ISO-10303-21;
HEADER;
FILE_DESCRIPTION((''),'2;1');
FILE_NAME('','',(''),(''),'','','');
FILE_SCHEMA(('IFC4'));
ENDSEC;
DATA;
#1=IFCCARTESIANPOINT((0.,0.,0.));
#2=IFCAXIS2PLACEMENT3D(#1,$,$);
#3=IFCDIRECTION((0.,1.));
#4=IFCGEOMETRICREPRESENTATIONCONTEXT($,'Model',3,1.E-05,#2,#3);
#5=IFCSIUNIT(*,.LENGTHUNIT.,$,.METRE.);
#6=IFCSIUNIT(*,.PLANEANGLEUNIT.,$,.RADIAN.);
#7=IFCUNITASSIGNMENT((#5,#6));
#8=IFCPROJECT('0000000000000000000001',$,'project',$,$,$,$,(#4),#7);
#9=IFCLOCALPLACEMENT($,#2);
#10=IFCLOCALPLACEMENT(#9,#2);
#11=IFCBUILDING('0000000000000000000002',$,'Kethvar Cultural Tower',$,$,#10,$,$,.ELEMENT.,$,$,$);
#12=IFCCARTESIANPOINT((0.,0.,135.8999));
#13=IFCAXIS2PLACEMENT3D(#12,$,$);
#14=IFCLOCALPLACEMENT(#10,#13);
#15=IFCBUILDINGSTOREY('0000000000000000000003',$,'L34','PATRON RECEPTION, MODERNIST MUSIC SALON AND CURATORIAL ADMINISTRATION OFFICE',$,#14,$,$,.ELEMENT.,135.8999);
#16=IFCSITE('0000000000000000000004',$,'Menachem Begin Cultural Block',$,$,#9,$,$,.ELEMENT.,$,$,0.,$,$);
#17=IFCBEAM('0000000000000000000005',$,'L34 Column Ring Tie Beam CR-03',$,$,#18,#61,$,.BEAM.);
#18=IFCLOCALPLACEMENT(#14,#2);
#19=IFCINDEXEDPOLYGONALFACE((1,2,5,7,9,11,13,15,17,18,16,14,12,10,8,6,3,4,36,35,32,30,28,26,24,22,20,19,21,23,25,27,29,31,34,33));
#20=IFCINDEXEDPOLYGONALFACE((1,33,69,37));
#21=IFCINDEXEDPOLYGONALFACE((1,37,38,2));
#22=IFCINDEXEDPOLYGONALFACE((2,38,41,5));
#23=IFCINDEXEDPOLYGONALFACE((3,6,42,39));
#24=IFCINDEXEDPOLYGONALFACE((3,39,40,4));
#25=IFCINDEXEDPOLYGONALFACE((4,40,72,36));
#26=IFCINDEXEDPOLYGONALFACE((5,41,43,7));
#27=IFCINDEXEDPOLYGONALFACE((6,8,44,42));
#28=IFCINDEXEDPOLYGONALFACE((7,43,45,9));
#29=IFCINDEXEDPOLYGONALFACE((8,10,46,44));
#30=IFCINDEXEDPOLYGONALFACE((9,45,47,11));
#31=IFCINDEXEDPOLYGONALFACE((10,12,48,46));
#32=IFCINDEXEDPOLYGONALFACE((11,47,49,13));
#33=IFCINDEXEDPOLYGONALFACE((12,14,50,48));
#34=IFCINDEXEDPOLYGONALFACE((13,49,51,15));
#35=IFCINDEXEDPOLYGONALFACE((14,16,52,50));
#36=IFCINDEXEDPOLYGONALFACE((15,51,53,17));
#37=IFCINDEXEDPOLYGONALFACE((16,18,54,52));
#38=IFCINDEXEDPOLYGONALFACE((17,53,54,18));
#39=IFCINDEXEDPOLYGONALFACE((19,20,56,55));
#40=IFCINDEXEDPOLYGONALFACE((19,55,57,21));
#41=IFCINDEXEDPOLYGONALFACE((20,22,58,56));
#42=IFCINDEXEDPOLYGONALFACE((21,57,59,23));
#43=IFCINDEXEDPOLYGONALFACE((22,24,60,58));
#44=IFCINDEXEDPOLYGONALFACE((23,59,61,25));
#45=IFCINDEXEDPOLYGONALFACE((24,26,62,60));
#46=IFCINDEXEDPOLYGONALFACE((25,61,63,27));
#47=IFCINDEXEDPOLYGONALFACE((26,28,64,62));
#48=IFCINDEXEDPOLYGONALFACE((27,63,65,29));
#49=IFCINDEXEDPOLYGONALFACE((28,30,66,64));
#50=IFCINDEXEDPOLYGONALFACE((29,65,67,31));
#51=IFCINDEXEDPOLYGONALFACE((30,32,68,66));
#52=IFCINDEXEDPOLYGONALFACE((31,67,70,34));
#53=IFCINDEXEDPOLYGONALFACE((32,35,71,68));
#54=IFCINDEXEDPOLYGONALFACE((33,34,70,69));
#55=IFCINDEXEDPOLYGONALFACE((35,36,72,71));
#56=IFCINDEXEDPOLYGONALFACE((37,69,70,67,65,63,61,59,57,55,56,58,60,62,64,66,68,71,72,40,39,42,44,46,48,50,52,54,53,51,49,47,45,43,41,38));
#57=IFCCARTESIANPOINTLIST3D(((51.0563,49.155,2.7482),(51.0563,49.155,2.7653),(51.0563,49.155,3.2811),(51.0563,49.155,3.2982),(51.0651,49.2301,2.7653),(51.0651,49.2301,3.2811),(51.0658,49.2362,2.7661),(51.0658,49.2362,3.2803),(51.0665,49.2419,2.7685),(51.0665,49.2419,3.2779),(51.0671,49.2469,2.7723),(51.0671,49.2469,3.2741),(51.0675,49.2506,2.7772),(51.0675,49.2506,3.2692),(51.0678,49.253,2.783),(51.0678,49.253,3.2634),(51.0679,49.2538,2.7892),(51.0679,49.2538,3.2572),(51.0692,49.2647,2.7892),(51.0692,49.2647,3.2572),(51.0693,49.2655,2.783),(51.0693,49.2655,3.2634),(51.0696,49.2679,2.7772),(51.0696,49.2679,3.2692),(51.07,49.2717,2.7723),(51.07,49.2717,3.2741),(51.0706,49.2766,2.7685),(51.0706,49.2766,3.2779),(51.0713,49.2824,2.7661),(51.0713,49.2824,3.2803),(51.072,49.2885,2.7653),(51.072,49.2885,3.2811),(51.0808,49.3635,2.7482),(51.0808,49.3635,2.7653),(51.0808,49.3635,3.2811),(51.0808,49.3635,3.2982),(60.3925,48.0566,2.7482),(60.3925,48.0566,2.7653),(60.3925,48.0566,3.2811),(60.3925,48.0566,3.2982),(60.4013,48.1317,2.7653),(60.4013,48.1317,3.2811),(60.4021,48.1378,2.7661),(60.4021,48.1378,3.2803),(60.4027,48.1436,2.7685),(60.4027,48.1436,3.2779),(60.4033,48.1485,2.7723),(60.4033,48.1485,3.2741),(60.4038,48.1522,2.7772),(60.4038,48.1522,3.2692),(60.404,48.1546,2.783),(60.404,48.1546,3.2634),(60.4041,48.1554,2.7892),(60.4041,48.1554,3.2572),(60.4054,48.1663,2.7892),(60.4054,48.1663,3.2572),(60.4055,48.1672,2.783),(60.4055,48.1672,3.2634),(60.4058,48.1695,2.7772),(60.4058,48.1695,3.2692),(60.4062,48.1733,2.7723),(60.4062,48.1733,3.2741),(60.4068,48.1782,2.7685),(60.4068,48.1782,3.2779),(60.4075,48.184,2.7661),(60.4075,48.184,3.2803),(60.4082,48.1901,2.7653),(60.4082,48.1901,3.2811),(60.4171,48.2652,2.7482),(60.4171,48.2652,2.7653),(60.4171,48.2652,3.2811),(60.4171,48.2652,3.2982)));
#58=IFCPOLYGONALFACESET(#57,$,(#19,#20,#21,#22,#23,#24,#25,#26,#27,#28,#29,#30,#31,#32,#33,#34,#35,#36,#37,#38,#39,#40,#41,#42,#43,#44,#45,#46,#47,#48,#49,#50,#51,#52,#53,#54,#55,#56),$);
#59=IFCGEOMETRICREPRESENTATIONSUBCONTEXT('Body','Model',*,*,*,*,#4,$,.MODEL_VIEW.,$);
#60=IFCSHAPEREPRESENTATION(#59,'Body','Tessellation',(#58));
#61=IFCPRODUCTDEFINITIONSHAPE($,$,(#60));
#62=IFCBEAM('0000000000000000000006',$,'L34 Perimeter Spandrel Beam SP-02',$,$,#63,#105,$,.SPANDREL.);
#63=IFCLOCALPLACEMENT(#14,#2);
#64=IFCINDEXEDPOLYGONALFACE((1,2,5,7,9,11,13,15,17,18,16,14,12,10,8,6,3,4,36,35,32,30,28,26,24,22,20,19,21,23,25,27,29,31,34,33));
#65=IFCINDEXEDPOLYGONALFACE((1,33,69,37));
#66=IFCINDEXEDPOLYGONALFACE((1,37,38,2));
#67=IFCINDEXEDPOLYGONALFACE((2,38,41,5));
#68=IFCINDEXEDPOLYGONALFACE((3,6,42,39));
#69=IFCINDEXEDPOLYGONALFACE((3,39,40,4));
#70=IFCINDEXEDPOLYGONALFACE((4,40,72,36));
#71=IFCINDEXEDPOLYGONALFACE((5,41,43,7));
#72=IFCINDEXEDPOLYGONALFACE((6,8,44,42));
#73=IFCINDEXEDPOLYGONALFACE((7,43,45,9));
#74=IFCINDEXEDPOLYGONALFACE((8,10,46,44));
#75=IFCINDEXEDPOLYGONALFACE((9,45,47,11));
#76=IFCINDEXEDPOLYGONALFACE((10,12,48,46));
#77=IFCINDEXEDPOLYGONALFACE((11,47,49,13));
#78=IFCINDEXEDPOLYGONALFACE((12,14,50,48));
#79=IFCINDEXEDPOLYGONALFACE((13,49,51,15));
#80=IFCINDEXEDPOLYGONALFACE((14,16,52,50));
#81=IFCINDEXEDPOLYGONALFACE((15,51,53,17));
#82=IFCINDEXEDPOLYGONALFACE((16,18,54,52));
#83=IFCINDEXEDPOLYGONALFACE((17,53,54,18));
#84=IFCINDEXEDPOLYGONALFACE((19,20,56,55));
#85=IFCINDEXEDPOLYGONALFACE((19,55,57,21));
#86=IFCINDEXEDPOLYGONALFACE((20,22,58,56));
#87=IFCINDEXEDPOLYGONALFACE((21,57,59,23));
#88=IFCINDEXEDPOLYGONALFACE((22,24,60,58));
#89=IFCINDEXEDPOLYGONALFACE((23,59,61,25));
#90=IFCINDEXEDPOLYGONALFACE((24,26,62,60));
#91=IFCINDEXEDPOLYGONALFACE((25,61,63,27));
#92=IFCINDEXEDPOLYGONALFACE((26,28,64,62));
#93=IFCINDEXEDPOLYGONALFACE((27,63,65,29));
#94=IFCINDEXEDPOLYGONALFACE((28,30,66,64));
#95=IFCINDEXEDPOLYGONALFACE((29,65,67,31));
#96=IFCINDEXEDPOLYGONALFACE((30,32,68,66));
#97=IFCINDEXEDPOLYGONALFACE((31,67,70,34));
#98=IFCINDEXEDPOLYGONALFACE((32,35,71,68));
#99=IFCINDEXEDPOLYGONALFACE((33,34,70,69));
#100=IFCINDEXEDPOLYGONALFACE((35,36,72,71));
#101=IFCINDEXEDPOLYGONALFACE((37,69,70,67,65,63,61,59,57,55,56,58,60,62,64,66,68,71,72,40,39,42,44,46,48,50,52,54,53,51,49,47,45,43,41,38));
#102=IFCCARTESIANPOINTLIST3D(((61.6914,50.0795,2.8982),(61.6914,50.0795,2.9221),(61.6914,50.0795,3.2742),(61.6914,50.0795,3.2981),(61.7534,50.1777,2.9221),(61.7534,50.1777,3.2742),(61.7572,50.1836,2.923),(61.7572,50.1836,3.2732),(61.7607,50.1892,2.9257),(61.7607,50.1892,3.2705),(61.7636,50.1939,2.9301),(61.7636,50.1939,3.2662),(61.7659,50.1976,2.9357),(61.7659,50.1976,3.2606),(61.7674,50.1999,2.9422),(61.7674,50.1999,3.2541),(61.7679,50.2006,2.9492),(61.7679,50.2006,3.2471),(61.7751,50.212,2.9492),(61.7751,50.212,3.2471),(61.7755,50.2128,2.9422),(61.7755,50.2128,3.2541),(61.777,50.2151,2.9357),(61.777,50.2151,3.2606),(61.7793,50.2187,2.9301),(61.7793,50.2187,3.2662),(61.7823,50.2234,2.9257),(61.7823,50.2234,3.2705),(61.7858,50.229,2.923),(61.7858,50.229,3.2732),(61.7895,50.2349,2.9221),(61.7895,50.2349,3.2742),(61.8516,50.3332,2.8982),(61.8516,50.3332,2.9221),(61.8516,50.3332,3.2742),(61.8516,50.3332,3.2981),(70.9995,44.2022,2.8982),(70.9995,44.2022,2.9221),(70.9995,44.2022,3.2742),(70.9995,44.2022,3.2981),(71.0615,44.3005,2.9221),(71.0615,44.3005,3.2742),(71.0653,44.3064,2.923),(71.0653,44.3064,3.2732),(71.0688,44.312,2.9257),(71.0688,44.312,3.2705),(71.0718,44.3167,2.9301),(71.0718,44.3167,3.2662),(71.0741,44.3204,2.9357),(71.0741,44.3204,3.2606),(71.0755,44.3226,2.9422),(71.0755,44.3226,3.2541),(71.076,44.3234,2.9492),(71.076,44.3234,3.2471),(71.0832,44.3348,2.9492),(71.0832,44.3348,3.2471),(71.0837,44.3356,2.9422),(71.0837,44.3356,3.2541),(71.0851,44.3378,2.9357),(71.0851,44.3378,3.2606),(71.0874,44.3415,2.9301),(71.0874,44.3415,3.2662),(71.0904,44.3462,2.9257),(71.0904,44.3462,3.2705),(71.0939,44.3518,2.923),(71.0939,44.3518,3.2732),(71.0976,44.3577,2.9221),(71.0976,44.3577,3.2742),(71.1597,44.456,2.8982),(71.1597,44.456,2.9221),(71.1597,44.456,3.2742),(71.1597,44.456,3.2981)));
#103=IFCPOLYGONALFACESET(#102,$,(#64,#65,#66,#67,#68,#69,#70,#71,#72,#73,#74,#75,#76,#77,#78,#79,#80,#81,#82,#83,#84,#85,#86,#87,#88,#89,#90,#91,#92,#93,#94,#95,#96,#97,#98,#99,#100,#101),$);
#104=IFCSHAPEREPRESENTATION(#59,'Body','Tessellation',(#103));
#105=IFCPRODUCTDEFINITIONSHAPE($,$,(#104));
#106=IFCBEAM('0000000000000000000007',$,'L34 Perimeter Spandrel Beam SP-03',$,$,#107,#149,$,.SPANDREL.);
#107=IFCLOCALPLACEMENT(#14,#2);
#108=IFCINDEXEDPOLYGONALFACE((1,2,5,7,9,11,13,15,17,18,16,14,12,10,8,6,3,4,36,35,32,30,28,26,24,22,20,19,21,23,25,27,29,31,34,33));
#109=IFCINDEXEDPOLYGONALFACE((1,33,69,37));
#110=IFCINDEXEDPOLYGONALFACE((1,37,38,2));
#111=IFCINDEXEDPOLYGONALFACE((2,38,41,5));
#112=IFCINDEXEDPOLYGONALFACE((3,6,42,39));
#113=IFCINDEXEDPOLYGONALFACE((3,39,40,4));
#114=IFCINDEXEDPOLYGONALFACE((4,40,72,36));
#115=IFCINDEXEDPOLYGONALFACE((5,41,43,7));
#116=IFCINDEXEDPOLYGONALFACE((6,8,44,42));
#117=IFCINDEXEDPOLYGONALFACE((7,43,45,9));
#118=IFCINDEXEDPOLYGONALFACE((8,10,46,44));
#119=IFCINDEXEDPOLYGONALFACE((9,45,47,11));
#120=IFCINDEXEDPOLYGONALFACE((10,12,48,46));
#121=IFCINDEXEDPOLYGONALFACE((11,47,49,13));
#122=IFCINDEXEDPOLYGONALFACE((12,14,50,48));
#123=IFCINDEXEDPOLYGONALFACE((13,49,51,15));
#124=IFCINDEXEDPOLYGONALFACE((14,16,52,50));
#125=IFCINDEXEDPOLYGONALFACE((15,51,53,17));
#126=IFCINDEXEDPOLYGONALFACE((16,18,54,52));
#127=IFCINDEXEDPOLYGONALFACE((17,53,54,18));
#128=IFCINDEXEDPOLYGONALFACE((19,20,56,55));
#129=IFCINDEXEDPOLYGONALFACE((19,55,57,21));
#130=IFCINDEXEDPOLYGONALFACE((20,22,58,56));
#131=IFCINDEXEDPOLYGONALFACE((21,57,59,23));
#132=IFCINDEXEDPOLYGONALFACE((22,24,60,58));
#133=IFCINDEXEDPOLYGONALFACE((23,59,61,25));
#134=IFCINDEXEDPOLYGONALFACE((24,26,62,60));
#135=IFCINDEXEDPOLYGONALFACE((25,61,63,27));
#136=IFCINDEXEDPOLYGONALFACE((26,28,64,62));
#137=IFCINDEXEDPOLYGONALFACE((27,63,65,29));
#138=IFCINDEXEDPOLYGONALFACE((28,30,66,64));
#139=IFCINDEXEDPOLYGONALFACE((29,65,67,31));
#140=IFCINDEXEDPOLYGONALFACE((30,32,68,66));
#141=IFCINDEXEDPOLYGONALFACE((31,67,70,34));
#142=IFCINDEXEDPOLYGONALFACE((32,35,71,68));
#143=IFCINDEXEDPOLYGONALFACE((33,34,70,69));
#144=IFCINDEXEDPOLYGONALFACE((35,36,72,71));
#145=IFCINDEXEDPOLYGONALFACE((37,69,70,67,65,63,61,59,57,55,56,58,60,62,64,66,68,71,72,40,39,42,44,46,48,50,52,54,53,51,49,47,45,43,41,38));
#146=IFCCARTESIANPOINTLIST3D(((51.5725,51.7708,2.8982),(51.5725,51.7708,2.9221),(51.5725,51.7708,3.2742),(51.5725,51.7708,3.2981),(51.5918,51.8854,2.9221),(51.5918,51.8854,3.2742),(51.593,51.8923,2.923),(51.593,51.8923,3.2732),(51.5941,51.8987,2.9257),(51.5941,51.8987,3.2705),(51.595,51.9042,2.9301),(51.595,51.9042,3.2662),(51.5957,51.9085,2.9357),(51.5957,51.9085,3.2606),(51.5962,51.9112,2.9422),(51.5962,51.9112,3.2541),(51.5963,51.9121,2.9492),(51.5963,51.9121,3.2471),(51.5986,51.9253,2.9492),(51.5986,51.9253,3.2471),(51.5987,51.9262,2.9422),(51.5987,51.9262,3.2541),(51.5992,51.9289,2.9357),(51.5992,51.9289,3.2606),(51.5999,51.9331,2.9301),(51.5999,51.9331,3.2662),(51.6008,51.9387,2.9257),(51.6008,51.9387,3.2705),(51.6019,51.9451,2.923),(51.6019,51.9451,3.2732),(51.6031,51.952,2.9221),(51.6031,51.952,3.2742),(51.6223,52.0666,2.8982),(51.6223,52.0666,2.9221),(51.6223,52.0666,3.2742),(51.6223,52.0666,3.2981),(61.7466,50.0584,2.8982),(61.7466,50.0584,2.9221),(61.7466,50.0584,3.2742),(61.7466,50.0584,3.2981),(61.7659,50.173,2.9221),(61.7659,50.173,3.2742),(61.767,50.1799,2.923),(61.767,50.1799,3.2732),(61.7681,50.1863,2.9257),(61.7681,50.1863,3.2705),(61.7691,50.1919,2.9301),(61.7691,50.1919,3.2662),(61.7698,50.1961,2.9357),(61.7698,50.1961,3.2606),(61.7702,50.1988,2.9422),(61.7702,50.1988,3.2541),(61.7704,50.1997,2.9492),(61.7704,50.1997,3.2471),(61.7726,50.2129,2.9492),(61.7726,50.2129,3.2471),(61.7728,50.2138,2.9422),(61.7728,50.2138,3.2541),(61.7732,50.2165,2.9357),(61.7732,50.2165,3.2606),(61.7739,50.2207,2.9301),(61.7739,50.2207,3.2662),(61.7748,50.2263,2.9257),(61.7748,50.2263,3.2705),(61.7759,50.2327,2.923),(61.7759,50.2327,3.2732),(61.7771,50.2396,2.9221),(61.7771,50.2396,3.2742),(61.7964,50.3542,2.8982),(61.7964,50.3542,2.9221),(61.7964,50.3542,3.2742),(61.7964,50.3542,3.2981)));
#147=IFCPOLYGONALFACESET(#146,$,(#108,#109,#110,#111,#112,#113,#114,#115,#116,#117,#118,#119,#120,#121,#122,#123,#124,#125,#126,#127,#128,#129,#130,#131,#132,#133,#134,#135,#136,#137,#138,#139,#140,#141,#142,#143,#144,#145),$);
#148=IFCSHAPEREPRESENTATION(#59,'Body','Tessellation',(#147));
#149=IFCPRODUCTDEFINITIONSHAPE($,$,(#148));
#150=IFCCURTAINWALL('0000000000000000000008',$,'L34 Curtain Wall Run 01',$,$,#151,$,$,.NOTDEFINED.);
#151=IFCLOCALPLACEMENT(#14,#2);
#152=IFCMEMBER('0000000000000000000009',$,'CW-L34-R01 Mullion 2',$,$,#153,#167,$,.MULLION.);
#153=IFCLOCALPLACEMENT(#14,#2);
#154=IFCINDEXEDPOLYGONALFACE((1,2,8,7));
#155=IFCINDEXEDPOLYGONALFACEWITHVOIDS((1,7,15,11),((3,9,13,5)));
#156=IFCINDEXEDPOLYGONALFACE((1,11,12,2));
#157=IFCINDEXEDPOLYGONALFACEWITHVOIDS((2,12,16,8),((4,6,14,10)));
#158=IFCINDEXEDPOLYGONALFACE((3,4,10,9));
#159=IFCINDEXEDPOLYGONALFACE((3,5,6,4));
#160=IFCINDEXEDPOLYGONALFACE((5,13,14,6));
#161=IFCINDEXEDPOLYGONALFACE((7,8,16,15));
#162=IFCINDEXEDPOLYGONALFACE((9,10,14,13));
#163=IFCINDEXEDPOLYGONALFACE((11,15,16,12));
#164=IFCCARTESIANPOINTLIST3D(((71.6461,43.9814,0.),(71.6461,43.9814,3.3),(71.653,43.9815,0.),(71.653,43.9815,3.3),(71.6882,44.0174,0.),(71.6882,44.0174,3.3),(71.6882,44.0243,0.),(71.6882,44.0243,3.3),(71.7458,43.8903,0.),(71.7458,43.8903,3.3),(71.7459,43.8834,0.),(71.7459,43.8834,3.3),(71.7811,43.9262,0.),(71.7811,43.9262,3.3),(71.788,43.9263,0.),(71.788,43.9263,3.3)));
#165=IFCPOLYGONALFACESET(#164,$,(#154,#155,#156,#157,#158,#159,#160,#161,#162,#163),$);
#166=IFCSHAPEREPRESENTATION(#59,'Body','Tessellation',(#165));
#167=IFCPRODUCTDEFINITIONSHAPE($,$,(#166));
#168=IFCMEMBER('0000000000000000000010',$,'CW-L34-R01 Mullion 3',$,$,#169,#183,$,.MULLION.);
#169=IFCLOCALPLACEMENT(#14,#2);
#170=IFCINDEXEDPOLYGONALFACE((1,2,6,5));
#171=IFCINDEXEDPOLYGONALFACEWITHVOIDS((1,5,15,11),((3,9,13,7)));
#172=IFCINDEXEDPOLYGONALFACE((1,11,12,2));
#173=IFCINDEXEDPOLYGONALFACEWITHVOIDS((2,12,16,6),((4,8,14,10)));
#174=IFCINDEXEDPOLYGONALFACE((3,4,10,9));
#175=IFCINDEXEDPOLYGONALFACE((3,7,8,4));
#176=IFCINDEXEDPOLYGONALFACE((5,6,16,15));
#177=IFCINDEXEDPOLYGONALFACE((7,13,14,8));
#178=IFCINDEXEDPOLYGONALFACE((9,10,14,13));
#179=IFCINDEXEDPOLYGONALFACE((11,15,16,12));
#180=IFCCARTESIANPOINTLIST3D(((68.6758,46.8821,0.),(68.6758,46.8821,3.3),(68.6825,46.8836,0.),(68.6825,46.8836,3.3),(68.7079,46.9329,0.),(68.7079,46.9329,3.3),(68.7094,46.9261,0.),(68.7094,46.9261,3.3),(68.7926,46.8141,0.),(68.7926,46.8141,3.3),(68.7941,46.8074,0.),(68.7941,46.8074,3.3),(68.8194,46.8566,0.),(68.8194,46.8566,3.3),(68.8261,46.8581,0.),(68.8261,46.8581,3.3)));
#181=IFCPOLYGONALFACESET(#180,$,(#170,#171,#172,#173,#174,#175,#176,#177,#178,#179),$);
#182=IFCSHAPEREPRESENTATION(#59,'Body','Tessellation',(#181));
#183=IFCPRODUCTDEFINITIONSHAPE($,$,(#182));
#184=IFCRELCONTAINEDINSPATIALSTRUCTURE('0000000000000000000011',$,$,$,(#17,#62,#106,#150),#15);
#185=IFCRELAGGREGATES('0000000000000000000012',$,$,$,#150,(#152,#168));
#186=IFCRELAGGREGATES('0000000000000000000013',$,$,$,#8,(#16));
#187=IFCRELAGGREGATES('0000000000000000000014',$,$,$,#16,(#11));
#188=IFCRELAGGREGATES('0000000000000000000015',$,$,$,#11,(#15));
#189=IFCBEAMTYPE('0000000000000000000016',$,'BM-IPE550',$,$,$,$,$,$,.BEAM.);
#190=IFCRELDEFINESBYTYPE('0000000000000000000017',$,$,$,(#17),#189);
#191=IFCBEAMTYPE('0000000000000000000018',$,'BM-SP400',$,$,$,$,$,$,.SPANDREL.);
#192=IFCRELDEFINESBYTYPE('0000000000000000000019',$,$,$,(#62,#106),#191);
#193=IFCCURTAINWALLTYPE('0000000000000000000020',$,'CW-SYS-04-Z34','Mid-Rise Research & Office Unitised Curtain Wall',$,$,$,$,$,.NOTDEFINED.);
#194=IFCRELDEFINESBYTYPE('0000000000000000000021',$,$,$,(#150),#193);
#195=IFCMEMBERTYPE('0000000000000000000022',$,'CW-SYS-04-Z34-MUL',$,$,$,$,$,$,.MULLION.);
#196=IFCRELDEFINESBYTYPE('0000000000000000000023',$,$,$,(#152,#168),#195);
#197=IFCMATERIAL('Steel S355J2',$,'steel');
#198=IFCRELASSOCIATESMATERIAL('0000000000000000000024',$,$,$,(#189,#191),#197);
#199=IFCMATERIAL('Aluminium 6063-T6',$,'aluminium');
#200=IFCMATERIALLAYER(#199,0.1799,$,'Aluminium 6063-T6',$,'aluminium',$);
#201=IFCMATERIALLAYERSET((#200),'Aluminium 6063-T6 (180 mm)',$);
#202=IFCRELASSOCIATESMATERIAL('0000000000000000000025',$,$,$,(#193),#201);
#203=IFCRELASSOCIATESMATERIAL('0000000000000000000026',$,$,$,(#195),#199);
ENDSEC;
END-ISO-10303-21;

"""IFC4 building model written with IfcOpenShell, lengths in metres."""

from ifc_helpers import new_model, si_unit, direction, frame, origin, origin_2d, place, context, subcontext, project, spatial, hollow_rectangle, i_section, extrude, source, transform, mapped, material, layer, layer_set, material_profile, profile_set, type_object, element, aggregate, save


model = new_model("IFC4")

# Units and contexts
model_context = context("Model", 3, precision=1e-05, world=origin(), true_north=direction((0.0, 1.0)))
body_context = subcontext(model_context, "Body", "Model", "MODEL_VIEW")
ifc_project = project(units=[si_unit("LENGTHUNIT", "METRE"), si_unit("PLANEANGLEUNIT", "RADIAN")], contexts=[model_context])

# Site, building, storey
site_placement = place(None, origin())
site = spatial("IfcSite", under=ifc_project, at=site_placement, Name="Menachem Begin Cultural Block", CompositionType="ELEMENT", RefElevation=0.0)
building_placement = place(site_placement, origin())
building = spatial("IfcBuilding", under=site, at=building_placement, Name="Kethvar Cultural Tower", CompositionType="ELEMENT")
storey_placement = place(building_placement, frame((0.0, 0.0, 135.8999)))
storey = spatial("IfcBuildingStorey", under=building, at=storey_placement, Name="L34", Description="PATRON RECEPTION, MODERNIST MUSIC SALON AND CURATORIAL ADMINISTRATION OFFICE", CompositionType="ELEMENT", Elevation=135.8999)

# Beams
ifc_material_1 = material(Name="Steel S355J2", Category="steel")
ifc_material_profile_1 = material_profile(ifc_material_1, i_section(OverallWidth=0.21, OverallDepth=0.55, WebThickness=0.011, FlangeThickness=0.0171, FilletRadius=0.0239, at=origin_2d()), Name="Steel S355J2 — IPE550")
ifc_profile_set_1 = profile_set([ifc_material_profile_1], Name="Steel S355J2 — IPE550")
beam_type_1 = type_object("IfcBeamType", Name="BM-IPE550", PredefinedType="BEAM", material=ifc_profile_set_1)
shared_shape_1 = source(origin(), body_context, "Body", "SweptSolid", [
    extrude(i_section(OverallWidth=0.21, OverallDepth=0.55, WebThickness=0.011, FlangeThickness=0.0171, FilletRadius=0.0239, at=origin_2d()), origin(), (0.0, 0.0, 1.0), 9.4006),
])
beam_1_placement = place(storey_placement, frame((60.4048, 48.1609, 3.0232), z_axis=(-0.99315, 0.116843, 0.0), x_axis=(-0.116843, -0.99315, 0.0)))
element("IfcBeam", 1, at=beam_1_placement, inside=storey, type_object=beam_type_1, Name="L34 Column Ring Tie Beam CR-03", PredefinedType="BEAM", context=body_context, shape_type="MappedRepresentation", body=[
    mapped(shared_shape_1, transform((0.0, 0.0, 0.0), scale=1.0)),
])
ifc_material_profile_2 = material_profile(ifc_material_1, i_section(OverallWidth=0.3, OverallDepth=0.3999, WebThickness=0.0134, FlangeThickness=0.0239, FilletRadius=0.0271, at=origin_2d()), Name="Steel S355J2 — HEB400")
ifc_profile_set_2 = profile_set([ifc_material_profile_2], Name="Steel S355J2 — HEB400")
beam_type_2 = type_object("IfcBeamType", Name="BM-SP400", PredefinedType="SPANDREL", material=ifc_profile_set_2)
shared_shape_2 = source(origin(), body_context, "Body", "SweptSolid", [
    extrude(i_section(OverallWidth=0.3, OverallDepth=0.3999, WebThickness=0.0134, FlangeThickness=0.0239, FilletRadius=0.0271, at=origin_2d()), origin(), (0.0, 0.0, 1.0), 11.0083),
])
beam_2_placement = place(storey_placement, frame((71.0796, 44.3291, 3.0981), z_axis=(-0.845555, 0.533889, 0.0), x_axis=(-0.533889, -0.845555, 0.0)))
element("IfcBeam", 2, at=beam_2_placement, inside=storey, type_object=beam_type_2, Name="L34 Perimeter Spandrel Beam SP-02", PredefinedType="SPANDREL", context=body_context, shape_type="MappedRepresentation", body=[
    mapped(shared_shape_2, transform((0.0, 0.0, 0.0), scale=1.0)),
])
shared_shape_3 = source(origin(), body_context, "Body", "SweptSolid", [
    extrude(i_section(OverallWidth=0.3, OverallDepth=0.3999, WebThickness=0.0134, FlangeThickness=0.0239, FilletRadius=0.0271, at=origin_2d()), origin(), (0.0, 0.0, 1.0), 10.3171),
])
beam_3_placement = place(storey_placement, frame((61.7715, 50.2063, 3.0981), z_axis=(-0.98613, 0.165976, 0.0), x_axis=(-0.165976, -0.98613, 0.0)))
element("IfcBeam", 3, at=beam_3_placement, inside=storey, type_object=beam_type_2, Name="L34 Perimeter Spandrel Beam SP-03", PredefinedType="SPANDREL", context=body_context, shape_type="MappedRepresentation", body=[
    mapped(shared_shape_3, transform((0.0, 0.0, 0.0), scale=1.0)),
])

# Curtain wall, members
ifc_material_2 = material(Name="Aluminium 6063-T6", Category="aluminium")
ifc_layer_1 = layer(ifc_material_2, 0.1799, Name="Aluminium 6063-T6", Category="aluminium")
ifc_layer_set_1 = layer_set([ifc_layer_1], Name="Aluminium 6063-T6 (180 mm)")
curtain_wall_type = type_object("IfcCurtainWallType", Name="CW-SYS-04-Z34", Description="Mid-Rise Research & Office Unitised Curtain Wall", PredefinedType="NOTDEFINED", material=ifc_layer_set_1)
curtain_wall_placement = place(storey_placement, origin())
curtain_wall = element("IfcCurtainWall", 4, at=curtain_wall_placement, inside=storey, type_object=curtain_wall_type, Name="L34 Curtain Wall Run 01", PredefinedType="NOTDEFINED")
ifc_material_profile_3 = material_profile(ifc_material_2, hollow_rectangle(XDim=0.0601, YDim=0.1399, WallThickness=0.0049, at=origin_2d()), Name="Aluminium 6063-T6 — RHS140x60x5")
ifc_profile_set_3 = profile_set([ifc_material_profile_3], Name="Aluminium 6063-T6 — RHS140x60x5")
member_type_1 = type_object("IfcMemberType", Name="CW-SYS-04-Z34-MUL", PredefinedType="MULLION", material=ifc_profile_set_3)
shared_shape_4 = source(origin(), body_context, "Body", "SweptSolid", [
    extrude(hollow_rectangle(XDim=0.0601, YDim=0.1399, WallThickness=0.0049, at=origin_2d()), origin(), (0.0, 0.0, 1.0), 3.3),
])
member_1_placement = place(storey_placement, frame((71.717, 43.9539, 0.0), z_axis=(0.0, 0.0, 1.0), x_axis=(-0.70066, -0.713495, 0.0)))
member_1 = element("IfcMember", 5, at=member_1_placement, type_object=member_type_1, Name="CW-L34-R01 Mullion 2", PredefinedType="MULLION", context=body_context, shape_type="MappedRepresentation", body=[
    mapped(shared_shape_4, transform((0.0, 0.0, 0.0), scale=1.0)),
])
member_2_placement = place(storey_placement, frame((68.751, 46.8701, 0.0), z_axis=(0.0, 0.0, 1.0), x_axis=(-0.534087, -0.84543, 0.0)))
member_2 = element("IfcMember", 6, at=member_2_placement, type_object=member_type_1, Name="CW-L34-R01 Mullion 3", PredefinedType="MULLION", context=body_context, shape_type="MappedRepresentation", body=[
    mapped(shared_shape_4, transform((0.0, 0.0, 0.0), scale=1.0)),
])
aggregate(curtain_wall, [member_1, member_2])

save(model, "model.ifc")
